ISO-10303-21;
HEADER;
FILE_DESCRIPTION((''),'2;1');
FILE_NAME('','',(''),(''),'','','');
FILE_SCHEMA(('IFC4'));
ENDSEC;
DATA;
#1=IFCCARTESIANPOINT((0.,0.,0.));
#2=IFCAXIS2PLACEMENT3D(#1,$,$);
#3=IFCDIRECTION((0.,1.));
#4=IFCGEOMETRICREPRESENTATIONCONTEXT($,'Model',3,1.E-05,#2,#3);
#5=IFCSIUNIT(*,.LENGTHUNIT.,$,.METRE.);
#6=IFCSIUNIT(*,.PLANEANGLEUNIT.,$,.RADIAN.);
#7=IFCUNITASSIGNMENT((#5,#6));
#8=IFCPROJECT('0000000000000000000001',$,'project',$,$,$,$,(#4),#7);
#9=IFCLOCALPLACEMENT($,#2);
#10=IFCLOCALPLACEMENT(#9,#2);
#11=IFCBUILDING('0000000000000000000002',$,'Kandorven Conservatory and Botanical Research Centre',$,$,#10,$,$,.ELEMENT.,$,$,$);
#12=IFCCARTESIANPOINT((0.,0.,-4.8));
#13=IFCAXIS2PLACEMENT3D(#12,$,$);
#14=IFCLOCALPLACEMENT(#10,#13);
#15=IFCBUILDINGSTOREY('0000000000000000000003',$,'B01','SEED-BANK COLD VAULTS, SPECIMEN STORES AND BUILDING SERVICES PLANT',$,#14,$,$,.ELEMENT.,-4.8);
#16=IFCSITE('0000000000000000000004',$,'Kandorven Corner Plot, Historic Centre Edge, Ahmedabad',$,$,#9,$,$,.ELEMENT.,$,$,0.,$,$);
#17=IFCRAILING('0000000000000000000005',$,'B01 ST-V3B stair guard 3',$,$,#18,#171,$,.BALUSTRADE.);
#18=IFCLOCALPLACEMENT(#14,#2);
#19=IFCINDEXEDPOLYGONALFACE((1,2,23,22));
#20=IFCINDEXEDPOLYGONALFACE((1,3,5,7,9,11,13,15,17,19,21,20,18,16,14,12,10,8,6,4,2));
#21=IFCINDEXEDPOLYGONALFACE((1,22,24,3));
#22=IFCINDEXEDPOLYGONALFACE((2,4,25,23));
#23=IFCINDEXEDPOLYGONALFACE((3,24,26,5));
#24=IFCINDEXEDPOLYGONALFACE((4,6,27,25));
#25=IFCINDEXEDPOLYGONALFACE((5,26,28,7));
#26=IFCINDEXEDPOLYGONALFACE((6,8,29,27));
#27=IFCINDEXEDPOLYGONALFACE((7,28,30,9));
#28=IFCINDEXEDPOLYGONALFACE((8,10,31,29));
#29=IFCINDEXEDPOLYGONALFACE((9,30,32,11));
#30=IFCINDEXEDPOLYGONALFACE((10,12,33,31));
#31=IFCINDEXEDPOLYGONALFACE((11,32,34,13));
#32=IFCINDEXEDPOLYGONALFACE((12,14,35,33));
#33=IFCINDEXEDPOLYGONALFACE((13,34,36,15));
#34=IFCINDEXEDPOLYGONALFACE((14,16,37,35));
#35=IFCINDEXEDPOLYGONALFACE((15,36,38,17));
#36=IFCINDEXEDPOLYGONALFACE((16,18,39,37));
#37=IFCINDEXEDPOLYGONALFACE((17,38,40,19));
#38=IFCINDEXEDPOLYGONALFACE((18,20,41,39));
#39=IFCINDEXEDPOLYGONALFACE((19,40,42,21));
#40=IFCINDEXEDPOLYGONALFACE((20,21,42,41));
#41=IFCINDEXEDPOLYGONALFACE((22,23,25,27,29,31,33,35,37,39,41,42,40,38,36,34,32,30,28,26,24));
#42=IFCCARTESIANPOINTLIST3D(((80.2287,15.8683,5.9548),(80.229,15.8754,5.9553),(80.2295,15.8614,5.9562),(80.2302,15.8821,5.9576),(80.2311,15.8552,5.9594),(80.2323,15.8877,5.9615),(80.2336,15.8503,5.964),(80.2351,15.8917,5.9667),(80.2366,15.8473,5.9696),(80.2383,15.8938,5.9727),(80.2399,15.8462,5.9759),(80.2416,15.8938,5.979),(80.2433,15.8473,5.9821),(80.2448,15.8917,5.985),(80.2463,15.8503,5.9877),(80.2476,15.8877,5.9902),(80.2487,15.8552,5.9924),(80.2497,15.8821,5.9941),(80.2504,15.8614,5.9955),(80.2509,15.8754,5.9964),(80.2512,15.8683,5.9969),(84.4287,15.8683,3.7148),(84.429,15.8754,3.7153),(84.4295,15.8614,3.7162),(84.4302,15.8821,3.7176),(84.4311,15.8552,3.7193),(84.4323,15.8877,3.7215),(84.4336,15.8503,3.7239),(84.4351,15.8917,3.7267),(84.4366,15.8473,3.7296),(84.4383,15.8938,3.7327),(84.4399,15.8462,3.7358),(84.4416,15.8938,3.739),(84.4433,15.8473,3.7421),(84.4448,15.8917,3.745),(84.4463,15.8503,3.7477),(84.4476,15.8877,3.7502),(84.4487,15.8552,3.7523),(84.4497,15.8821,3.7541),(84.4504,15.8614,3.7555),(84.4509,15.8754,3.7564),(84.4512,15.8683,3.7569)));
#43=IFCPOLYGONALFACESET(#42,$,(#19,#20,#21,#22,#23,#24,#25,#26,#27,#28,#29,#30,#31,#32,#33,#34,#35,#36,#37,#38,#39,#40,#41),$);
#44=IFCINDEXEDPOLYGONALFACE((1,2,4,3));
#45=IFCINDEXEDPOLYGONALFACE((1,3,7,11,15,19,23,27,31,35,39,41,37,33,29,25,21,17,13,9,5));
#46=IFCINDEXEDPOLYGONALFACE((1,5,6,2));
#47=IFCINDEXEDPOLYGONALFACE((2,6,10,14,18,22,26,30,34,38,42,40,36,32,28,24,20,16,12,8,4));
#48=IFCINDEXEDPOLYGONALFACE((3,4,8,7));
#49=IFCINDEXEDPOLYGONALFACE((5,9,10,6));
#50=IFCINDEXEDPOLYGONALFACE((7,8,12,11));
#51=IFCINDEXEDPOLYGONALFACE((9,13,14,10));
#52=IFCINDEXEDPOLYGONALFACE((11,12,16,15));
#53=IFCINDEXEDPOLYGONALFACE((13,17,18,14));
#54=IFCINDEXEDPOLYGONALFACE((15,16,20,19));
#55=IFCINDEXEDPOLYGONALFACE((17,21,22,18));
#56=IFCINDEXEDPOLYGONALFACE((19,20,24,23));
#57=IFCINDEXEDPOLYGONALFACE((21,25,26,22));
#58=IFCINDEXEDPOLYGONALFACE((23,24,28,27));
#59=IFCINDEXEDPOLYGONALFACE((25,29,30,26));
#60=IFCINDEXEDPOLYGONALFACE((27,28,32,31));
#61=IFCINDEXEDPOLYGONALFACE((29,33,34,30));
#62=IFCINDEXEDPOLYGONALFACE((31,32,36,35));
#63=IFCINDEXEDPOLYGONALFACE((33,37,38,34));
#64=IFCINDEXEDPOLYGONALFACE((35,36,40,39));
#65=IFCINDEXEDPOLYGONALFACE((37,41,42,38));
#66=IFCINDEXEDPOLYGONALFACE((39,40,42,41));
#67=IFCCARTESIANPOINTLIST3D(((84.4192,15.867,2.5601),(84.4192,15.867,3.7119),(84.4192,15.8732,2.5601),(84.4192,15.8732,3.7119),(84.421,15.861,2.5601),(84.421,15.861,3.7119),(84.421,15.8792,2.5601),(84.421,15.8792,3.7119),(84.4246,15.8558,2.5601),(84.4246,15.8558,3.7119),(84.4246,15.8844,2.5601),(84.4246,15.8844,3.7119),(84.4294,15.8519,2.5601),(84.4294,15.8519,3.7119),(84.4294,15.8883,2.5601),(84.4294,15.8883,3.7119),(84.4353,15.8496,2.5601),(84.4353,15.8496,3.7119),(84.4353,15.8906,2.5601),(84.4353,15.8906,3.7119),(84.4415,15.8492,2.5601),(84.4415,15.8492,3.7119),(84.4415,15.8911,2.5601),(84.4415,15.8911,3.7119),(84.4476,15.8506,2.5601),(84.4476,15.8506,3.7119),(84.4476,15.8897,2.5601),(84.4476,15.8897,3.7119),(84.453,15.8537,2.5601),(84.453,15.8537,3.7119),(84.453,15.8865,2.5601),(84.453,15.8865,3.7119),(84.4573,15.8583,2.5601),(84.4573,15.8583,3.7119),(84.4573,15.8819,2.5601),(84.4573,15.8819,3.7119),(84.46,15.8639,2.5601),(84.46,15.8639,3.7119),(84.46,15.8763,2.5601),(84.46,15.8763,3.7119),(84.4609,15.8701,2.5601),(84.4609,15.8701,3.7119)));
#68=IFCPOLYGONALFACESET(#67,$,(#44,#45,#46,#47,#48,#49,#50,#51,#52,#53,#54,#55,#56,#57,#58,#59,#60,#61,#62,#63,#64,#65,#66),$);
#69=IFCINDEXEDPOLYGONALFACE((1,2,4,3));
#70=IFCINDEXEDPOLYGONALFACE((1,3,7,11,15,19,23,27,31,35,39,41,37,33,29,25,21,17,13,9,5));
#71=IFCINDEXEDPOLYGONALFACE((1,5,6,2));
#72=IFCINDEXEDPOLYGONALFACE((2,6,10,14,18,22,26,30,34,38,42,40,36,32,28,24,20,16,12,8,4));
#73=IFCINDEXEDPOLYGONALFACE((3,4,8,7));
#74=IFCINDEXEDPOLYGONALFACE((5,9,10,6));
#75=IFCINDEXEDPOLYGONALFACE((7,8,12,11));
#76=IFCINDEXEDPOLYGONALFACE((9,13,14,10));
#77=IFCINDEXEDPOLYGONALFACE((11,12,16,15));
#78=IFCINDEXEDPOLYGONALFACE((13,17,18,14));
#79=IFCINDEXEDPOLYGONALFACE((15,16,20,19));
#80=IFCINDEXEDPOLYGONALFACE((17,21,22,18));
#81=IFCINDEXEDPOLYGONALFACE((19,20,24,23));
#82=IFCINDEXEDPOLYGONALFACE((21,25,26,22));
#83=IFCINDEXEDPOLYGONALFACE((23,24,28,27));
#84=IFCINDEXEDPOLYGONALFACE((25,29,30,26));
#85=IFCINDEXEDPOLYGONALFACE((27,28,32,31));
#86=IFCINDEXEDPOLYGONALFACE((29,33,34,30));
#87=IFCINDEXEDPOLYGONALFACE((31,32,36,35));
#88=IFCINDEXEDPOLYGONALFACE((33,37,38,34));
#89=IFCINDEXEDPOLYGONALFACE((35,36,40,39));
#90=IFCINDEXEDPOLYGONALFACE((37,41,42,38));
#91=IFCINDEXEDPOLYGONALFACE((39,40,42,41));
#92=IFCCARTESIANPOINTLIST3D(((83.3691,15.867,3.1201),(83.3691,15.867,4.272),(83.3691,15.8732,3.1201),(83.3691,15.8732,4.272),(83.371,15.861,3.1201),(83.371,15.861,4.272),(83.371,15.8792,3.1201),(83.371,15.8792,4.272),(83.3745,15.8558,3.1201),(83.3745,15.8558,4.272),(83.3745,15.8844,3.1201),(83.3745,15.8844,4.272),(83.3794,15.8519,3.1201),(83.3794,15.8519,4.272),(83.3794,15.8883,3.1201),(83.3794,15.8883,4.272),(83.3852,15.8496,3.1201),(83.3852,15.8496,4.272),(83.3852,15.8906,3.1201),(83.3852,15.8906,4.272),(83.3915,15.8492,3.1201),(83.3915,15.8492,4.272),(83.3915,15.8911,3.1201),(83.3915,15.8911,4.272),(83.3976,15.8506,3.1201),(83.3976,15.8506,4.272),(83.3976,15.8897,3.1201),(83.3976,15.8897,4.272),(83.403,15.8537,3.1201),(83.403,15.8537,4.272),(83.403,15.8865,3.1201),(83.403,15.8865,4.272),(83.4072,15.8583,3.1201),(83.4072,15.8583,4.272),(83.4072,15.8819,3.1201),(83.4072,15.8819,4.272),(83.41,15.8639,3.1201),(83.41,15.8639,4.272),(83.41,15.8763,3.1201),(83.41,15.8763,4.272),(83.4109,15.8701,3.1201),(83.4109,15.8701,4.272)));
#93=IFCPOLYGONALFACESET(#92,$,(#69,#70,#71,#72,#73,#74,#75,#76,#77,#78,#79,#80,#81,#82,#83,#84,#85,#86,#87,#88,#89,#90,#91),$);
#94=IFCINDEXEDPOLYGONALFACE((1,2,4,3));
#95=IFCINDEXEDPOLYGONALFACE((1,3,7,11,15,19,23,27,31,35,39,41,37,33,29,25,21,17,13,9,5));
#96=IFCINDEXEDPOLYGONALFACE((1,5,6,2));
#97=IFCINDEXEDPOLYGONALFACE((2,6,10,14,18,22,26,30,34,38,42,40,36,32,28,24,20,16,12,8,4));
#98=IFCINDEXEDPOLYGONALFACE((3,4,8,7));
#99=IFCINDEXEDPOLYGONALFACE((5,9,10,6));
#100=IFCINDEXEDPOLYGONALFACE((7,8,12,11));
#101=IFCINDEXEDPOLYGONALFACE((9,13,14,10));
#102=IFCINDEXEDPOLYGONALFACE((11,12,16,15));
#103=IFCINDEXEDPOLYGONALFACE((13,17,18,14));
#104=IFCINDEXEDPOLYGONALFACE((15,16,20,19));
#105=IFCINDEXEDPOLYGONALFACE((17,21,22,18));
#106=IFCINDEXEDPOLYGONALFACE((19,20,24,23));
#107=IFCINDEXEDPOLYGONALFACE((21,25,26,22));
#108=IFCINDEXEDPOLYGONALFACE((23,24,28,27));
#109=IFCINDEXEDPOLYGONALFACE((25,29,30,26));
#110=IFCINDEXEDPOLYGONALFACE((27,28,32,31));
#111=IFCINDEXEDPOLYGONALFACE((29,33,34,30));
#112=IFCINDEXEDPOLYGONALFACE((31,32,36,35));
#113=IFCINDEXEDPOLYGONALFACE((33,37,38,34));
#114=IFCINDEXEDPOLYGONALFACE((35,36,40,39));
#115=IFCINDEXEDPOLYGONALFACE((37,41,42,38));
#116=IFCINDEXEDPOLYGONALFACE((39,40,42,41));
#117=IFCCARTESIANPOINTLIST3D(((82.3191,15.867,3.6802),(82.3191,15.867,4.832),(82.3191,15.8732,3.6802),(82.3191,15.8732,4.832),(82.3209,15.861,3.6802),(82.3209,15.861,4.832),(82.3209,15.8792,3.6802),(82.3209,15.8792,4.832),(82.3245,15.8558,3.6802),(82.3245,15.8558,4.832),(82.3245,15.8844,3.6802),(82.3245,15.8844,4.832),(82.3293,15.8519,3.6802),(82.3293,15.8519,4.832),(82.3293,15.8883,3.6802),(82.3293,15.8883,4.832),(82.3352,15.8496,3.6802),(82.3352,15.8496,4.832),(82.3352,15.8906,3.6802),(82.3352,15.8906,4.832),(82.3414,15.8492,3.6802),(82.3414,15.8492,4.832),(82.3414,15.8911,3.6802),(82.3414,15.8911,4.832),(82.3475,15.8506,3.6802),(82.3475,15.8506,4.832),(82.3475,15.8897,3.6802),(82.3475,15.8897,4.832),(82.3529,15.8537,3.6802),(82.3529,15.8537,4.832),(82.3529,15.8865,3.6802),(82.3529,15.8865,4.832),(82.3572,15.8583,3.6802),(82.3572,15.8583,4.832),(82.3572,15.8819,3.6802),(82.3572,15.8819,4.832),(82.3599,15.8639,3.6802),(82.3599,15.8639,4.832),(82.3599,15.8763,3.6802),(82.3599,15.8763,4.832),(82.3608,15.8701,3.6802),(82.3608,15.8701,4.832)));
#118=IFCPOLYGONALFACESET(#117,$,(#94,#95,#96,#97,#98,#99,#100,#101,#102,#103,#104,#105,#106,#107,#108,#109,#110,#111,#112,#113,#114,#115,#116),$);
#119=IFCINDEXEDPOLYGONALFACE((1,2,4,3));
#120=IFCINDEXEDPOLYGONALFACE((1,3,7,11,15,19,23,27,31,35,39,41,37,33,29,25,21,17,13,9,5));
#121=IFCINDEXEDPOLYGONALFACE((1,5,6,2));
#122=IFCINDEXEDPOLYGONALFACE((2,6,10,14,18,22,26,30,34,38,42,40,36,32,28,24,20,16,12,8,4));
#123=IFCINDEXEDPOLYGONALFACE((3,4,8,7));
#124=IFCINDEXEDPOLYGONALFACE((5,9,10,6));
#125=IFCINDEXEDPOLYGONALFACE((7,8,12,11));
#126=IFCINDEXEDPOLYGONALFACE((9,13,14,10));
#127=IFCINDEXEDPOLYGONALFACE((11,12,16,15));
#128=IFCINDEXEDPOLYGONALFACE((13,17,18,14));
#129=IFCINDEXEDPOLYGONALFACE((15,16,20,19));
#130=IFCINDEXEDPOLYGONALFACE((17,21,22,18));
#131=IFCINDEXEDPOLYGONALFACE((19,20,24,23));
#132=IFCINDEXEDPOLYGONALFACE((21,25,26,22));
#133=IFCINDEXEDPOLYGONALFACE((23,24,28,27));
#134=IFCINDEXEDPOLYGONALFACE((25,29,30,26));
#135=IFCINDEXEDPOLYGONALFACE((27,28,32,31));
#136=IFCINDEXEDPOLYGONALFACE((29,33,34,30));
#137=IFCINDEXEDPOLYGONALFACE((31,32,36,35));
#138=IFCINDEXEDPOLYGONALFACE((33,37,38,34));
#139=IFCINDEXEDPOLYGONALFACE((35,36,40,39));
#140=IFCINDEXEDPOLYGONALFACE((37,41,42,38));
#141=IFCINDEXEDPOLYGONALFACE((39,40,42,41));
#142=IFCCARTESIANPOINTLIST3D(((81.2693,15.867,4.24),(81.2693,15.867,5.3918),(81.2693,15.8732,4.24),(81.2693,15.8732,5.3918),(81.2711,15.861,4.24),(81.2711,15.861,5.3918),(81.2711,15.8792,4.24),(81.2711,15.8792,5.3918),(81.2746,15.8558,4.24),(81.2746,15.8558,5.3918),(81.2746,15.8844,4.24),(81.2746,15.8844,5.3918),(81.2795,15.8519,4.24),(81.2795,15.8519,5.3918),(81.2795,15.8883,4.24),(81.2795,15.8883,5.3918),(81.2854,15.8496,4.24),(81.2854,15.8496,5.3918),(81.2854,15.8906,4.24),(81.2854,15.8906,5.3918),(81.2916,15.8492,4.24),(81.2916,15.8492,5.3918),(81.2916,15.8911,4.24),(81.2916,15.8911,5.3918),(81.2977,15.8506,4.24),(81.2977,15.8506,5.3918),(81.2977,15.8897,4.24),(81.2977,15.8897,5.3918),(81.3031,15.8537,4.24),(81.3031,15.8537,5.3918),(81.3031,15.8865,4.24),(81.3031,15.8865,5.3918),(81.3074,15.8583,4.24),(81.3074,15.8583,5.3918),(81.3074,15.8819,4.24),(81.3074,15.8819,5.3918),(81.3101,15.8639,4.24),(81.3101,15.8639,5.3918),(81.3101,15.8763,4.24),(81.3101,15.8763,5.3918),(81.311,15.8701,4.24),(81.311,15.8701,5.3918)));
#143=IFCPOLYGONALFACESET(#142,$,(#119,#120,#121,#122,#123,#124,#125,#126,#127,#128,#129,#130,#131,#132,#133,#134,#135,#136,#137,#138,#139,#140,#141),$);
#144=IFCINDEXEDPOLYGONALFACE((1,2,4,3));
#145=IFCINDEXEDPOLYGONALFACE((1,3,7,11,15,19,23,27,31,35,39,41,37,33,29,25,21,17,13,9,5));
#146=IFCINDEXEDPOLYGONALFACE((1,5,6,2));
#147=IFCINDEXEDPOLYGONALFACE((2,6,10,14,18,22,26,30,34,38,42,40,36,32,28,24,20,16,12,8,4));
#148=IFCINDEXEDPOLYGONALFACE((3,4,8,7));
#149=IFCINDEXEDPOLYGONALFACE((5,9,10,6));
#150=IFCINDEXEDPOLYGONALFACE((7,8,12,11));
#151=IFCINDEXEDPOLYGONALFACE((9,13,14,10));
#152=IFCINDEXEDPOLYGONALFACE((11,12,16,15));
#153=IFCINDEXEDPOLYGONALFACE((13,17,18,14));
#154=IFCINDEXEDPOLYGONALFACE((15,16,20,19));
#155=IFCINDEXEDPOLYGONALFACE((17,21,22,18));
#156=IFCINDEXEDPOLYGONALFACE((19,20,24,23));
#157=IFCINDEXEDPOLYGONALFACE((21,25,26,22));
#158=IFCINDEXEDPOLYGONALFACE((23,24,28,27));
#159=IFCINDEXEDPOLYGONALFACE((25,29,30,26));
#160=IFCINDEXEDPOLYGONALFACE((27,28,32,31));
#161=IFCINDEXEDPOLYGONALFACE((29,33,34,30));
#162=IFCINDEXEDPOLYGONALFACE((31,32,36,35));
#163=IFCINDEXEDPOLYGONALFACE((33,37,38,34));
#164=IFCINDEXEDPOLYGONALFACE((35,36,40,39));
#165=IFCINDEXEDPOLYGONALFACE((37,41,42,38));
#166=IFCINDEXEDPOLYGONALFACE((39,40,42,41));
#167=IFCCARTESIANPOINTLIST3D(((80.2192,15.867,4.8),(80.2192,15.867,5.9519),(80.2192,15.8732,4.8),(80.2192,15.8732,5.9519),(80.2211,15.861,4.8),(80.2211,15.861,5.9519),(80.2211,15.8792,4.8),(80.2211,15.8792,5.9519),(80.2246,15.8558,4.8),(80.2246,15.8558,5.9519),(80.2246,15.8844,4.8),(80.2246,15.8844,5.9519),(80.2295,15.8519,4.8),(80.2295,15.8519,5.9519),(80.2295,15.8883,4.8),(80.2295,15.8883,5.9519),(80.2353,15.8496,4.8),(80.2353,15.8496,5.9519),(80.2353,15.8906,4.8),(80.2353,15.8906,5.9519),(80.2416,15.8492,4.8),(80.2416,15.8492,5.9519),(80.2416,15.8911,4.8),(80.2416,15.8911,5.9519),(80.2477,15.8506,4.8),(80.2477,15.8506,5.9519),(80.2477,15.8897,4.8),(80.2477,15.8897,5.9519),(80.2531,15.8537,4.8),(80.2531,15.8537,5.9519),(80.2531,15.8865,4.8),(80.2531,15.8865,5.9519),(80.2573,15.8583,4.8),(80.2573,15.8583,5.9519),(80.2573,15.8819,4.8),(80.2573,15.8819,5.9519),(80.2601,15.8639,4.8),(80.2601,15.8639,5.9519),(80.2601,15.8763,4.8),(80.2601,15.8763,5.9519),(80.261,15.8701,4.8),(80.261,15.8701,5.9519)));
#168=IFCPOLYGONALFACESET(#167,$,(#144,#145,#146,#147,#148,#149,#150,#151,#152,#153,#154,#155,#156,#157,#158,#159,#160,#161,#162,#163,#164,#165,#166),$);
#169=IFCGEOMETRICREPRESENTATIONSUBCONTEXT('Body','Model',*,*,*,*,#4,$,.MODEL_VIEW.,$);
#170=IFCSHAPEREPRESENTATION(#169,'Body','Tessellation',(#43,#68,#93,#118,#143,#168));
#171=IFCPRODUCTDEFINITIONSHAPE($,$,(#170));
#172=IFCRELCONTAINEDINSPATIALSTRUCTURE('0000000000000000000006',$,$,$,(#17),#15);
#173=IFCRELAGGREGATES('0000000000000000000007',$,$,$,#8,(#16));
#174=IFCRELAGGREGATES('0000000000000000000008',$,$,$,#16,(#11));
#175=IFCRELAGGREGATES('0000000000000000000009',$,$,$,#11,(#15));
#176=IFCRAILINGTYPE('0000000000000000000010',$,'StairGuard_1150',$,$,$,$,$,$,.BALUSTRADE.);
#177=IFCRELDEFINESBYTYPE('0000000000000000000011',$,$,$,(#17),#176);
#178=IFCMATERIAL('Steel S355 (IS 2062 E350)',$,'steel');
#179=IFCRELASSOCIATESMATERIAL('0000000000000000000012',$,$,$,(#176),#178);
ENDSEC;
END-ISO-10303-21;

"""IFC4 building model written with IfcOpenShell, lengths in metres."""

from ifc_helpers import new_model, si_unit, direction, frame, origin, origin_2d, place, context, subcontext, project, spatial, circle, extrude, material, type_object, element, save


model = new_model("IFC4")

# Units and contexts
model_context = context("Model", 3, precision=1e-05, world=origin(), true_north=direction((0.0, 1.0)))
body_context = subcontext(model_context, "Body", "Model", "MODEL_VIEW")
ifc_project = project(units=[si_unit("LENGTHUNIT", "METRE"), si_unit("PLANEANGLEUNIT", "RADIAN")], contexts=[model_context])

# Site, building, storey
site_placement = place(None, origin())
site = spatial("IfcSite", under=ifc_project, at=site_placement, Name="Kandorven Corner Plot, Historic Centre Edge, Ahmedabad", CompositionType="ELEMENT", RefElevation=0.0)
building_placement = place(site_placement, origin())
building = spatial("IfcBuilding", under=site, at=building_placement, Name="Kandorven Conservatory and Botanical Research Centre", CompositionType="ELEMENT")
storey_placement = place(building_placement, frame((0.0, 0.0, -4.8)))
storey = spatial("IfcBuildingStorey", under=building, at=storey_placement, Name="B01", Description="SEED-BANK COLD VAULTS, SPECIMEN STORES AND BUILDING SERVICES PLANT", CompositionType="ELEMENT", Elevation=-4.8)

# Railing
ifc_material_1 = material(Name="Steel S355 (IS 2062 E350)", Category="steel")
railing_type_1 = type_object("IfcRailingType", Name="StairGuard_1150", PredefinedType="BALUSTRADE", material=ifc_material_1)
railing_1_placement = place(storey_placement, frame((84.4399, 15.8701, 2.5601)))
element("IfcRailing", 1, at=railing_1_placement, inside=storey, type_object=railing_type_1, Name="B01 ST-V3B stair guard 3", PredefinedType="BALUSTRADE", context=body_context, shape_type="SweptSolid", body=[
    extrude(circle(Radius=0.0239, at=origin_2d()), frame((0.0, 0.0, 1.1758), z_axis=(-0.882352, 0.0, 0.470591), x_axis=(0.0, -1.0, 0.0)), (0.0, 0.0, 1.0), 4.76),
    extrude(circle(Radius=0.021, at=origin_2d()), origin(), (0.0, 0.0, 1.0), 1.1519),
    extrude(circle(Radius=0.021, at=origin_2d()), frame((-1.05, 0.0, 0.5601)), (0.0, 0.0, 1.0), 1.1519),
    extrude(circle(Radius=0.021, at=origin_2d()), frame((-2.1001, 0.0, 1.1201)), (0.0, 0.0, 1.0), 1.1519),
    extrude(circle(Radius=0.021, at=origin_2d()), frame((-3.1499, 0.0, 1.6799)), (0.0, 0.0, 1.0), 1.1519),
    extrude(circle(Radius=0.021, at=origin_2d()), frame((-4.2, 0.0, 2.24)), (0.0, 0.0, 1.0), 1.1519),
])

save(model, "model.ifc")
